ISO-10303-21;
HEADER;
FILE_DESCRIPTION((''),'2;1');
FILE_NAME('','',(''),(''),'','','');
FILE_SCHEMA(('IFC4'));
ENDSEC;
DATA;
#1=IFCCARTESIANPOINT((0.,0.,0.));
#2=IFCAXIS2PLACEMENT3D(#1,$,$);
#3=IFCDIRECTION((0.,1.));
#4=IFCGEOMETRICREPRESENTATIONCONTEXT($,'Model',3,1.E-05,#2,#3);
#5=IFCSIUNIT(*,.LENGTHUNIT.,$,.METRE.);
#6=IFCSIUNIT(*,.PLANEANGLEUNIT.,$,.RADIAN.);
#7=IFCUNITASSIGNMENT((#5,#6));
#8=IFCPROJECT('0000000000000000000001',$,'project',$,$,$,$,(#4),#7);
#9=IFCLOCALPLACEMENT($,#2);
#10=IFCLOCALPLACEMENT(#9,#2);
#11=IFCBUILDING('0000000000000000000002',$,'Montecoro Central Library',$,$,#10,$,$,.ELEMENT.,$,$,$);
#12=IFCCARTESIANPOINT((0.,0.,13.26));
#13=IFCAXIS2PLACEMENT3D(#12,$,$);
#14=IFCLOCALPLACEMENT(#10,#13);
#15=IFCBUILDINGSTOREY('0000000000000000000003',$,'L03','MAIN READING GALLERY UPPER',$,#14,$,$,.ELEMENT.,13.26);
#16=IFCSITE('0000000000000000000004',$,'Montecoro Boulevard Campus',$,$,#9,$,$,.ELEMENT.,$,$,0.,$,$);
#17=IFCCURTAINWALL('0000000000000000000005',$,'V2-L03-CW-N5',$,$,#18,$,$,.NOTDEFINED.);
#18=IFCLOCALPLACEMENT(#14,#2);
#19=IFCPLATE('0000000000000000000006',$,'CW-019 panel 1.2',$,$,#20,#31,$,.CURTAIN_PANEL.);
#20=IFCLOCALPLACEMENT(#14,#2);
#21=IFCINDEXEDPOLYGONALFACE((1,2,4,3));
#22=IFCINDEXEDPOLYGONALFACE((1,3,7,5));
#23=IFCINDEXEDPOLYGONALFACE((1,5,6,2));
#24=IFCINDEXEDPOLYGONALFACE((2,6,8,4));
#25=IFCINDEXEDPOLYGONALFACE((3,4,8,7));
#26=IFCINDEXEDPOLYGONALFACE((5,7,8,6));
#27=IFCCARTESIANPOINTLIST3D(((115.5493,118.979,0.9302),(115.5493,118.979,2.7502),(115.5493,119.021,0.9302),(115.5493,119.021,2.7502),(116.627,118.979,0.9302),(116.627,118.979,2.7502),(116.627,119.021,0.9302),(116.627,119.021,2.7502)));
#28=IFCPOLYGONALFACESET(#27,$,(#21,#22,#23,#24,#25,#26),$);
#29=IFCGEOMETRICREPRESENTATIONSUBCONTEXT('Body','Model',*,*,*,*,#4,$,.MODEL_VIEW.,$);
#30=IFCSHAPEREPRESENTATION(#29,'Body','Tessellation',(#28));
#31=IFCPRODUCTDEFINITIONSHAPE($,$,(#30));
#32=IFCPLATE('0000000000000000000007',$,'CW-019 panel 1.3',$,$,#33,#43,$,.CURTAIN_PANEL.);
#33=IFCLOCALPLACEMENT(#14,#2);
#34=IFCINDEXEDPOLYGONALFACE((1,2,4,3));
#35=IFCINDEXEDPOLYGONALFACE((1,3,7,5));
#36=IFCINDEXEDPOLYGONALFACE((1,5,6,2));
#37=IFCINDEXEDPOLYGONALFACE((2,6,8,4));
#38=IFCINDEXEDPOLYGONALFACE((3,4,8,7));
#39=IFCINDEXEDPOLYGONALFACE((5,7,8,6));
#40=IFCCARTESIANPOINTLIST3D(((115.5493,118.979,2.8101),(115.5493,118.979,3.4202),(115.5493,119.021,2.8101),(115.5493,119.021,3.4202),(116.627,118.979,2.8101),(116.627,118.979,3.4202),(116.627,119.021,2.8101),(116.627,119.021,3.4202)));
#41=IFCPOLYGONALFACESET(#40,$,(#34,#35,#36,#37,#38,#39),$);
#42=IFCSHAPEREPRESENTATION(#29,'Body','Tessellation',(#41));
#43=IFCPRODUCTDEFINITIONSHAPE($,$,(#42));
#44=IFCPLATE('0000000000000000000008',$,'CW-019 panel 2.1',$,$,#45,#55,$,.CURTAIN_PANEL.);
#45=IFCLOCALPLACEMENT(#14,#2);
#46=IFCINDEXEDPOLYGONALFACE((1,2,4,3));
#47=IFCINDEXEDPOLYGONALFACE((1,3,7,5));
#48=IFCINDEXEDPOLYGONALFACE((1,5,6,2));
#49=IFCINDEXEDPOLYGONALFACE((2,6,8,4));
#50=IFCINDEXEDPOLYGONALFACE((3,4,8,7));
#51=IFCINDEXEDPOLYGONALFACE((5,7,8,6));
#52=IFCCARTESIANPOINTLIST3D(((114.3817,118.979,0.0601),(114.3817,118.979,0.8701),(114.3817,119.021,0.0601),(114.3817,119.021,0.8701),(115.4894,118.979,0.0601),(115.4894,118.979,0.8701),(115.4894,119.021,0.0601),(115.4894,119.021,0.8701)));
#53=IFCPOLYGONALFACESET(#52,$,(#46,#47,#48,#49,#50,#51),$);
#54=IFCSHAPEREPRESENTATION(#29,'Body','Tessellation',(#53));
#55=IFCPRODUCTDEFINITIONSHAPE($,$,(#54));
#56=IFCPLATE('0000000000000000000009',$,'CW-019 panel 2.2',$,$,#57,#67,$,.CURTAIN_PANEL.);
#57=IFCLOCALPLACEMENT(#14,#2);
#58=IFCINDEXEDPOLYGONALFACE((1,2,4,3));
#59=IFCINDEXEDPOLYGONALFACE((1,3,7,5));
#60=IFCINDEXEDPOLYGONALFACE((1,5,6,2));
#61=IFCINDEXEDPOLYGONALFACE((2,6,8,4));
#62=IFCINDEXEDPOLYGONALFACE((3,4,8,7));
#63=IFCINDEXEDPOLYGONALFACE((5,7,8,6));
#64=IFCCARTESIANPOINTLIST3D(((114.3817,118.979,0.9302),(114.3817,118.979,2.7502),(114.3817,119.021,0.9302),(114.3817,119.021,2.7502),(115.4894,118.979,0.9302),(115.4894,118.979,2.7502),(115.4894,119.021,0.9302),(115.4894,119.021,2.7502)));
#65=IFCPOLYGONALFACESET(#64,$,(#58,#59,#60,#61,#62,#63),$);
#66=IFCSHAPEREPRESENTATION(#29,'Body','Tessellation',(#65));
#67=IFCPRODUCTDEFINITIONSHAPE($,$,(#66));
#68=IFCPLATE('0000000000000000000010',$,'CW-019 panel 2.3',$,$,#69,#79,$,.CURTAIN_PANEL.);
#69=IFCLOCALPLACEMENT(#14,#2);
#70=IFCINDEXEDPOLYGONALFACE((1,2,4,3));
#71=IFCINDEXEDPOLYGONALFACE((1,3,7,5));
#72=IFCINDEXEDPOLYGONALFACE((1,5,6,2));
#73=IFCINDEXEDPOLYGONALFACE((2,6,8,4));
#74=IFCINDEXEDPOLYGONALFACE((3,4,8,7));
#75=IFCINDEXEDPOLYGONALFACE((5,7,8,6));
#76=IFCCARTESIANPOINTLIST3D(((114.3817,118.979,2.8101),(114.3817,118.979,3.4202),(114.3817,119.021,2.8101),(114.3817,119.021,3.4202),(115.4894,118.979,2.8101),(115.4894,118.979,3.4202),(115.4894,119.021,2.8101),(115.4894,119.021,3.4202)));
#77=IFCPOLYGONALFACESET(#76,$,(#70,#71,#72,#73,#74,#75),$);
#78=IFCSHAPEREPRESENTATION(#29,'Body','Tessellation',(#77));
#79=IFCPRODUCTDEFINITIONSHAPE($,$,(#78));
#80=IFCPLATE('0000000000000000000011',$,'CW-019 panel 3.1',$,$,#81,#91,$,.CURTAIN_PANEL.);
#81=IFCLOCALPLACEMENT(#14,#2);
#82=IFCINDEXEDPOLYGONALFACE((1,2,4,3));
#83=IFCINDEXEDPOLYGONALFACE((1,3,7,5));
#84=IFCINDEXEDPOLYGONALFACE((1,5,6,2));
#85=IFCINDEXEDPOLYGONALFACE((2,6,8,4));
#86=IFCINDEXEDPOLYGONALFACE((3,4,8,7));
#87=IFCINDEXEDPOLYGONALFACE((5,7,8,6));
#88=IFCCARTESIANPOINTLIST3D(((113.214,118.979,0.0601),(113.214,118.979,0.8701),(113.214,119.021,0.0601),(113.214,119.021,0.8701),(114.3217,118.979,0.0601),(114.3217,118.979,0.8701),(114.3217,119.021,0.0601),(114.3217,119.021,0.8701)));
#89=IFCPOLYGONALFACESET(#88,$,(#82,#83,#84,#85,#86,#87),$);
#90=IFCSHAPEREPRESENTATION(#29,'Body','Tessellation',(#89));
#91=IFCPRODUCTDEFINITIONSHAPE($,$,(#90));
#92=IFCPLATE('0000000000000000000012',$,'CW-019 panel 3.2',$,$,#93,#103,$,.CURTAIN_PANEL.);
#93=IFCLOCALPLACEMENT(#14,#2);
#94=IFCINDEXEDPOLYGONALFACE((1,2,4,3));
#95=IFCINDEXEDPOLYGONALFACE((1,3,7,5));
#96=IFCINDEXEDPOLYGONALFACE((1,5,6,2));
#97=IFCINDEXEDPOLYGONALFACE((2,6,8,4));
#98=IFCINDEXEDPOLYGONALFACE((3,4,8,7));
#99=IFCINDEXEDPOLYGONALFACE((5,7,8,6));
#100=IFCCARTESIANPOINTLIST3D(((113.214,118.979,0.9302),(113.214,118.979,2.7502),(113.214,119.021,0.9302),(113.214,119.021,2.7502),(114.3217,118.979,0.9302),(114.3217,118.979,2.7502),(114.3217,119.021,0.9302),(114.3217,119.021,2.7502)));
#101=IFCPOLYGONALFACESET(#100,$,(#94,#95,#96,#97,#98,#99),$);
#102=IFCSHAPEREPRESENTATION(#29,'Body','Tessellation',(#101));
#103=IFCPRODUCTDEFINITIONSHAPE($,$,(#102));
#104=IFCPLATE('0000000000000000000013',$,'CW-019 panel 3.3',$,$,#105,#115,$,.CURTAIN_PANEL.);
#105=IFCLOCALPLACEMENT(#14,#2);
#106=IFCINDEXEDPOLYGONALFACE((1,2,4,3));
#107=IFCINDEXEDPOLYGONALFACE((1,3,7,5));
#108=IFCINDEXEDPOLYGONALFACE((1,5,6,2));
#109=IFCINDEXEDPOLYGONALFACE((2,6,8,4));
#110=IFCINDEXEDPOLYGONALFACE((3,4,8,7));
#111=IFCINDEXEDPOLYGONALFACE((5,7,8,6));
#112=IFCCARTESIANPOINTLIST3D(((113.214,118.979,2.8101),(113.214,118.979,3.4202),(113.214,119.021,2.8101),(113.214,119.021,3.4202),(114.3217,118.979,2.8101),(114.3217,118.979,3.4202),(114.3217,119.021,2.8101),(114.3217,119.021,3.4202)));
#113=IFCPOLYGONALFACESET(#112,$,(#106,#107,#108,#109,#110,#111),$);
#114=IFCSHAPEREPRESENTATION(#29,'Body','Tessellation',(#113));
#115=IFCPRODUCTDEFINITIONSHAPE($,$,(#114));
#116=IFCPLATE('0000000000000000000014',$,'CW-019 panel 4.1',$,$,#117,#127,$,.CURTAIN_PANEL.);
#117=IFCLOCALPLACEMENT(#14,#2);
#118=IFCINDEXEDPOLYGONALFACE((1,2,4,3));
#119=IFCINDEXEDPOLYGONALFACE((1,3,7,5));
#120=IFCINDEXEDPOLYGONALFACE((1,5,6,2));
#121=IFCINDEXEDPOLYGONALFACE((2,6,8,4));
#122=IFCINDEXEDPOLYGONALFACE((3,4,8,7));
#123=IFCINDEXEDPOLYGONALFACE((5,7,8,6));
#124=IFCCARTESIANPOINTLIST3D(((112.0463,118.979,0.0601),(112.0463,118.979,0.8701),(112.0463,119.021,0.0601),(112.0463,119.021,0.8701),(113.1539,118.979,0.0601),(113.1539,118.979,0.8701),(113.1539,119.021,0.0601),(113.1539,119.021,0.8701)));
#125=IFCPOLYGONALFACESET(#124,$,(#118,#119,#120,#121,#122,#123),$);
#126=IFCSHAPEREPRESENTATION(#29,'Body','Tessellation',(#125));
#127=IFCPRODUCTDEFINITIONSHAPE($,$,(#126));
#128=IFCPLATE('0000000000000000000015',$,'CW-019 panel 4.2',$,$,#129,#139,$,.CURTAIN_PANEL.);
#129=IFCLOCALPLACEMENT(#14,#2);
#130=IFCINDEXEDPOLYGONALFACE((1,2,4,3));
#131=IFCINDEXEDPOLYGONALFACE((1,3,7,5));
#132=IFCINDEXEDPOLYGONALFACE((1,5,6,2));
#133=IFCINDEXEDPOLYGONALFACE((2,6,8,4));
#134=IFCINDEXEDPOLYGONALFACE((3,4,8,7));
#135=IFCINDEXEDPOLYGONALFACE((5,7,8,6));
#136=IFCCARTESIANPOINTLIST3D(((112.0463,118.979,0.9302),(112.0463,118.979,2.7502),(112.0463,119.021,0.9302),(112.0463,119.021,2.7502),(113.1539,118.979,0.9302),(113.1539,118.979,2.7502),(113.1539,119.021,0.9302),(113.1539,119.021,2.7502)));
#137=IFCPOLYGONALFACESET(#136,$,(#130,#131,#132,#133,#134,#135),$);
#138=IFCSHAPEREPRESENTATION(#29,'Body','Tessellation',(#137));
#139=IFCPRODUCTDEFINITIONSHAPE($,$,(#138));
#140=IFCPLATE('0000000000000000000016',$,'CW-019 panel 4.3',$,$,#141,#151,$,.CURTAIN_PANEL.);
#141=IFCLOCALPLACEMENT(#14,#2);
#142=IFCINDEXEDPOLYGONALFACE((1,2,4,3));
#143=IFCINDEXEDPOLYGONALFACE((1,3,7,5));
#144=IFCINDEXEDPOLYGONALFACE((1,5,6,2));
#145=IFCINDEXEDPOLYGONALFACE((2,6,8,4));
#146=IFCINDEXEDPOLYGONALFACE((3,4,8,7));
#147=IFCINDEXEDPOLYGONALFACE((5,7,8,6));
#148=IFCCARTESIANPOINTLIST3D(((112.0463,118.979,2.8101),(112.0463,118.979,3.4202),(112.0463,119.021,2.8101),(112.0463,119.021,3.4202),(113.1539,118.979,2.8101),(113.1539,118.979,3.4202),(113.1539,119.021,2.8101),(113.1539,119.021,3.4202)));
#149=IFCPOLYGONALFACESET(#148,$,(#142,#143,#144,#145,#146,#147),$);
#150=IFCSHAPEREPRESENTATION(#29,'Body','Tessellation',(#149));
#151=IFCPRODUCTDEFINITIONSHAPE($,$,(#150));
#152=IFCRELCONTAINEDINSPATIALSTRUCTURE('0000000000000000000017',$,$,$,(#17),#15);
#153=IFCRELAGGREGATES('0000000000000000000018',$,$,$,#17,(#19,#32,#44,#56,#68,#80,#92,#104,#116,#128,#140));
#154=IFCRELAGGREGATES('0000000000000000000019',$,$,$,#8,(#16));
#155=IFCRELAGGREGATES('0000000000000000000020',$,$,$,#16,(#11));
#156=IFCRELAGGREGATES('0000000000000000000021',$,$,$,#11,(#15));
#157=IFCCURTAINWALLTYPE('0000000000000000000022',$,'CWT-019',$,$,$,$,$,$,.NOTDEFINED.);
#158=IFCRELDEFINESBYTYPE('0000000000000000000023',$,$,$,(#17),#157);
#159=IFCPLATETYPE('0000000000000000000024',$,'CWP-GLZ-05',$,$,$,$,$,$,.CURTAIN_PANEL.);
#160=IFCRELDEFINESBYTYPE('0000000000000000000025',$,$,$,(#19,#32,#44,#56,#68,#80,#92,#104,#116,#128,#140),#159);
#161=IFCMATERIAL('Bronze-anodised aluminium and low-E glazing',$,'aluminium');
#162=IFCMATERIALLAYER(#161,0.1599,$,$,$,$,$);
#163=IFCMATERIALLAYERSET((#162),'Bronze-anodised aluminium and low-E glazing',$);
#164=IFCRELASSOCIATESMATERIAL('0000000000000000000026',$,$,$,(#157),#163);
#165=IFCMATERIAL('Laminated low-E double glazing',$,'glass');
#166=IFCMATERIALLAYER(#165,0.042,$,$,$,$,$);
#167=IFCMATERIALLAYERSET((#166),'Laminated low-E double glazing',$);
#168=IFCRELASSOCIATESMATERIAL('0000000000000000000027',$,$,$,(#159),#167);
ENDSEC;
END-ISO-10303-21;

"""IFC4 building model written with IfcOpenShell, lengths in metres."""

from ifc_helpers import new_model, si_unit, direction, frame, origin, origin_2d, place, context, subcontext, project, spatial, rectangle, extrude, material, layer, layer_set, type_object, element, aggregate, save


model = new_model("IFC4")

# Units and contexts
model_context = context("Model", 3, precision=1e-05, world=origin(), true_north=direction((0.0, 1.0)))
body_context = subcontext(model_context, "Body", "Model", "MODEL_VIEW")
ifc_project = project(units=[si_unit("LENGTHUNIT", "METRE"), si_unit("PLANEANGLEUNIT", "RADIAN")], contexts=[model_context])

# Site, building, storey
site_placement = place(None, origin())
site = spatial("IfcSite", under=ifc_project, at=site_placement, Name="Montecoro Boulevard Campus", CompositionType="ELEMENT", RefElevation=0.0)
building_placement = place(site_placement, origin())
building = spatial("IfcBuilding", under=site, at=building_placement, Name="Montecoro Central Library", CompositionType="ELEMENT")
storey_placement = place(building_placement, frame((0.0, 0.0, 13.26)))
storey = spatial("IfcBuildingStorey", under=building, at=storey_placement, Name="L03", Description="MAIN READING GALLERY UPPER", CompositionType="ELEMENT", Elevation=13.26)

# Curtain wall, plates
ifc_material_1 = material(Name="Bronze-anodised aluminium and low-E glazing", Category="aluminium")
ifc_layer_1 = layer(ifc_material_1, 0.1599)
ifc_layer_set_1 = layer_set([ifc_layer_1], Name="Bronze-anodised aluminium and low-E glazing")
curtain_wall_type = type_object("IfcCurtainWallType", Name="CWT-019", PredefinedType="NOTDEFINED", material=ifc_layer_set_1)
curtain_wall_placement = place(storey_placement, origin())
curtain_wall = element("IfcCurtainWall", 1, at=curtain_wall_placement, inside=storey, type_object=curtain_wall_type, Name="V2-L03-CW-N5", PredefinedType="NOTDEFINED")
ifc_material_2 = material(Name="Laminated low-E double glazing", Category="glass")
ifc_layer_2 = layer(ifc_material_2, 0.042)
ifc_layer_set_2 = layer_set([ifc_layer_2], Name="Laminated low-E double glazing")
plate_type = type_object("IfcPlateType", Name="CWP-GLZ-05", PredefinedType="CURTAIN_PANEL", material=ifc_layer_set_2)
plate_1_placement = place(storey_placement, frame((116.0881, 119.0, 0.9302), z_axis=(0.0, 0.0, 1.0), x_axis=(-1.0, 0.0, 0.0)))
plate_1 = element("IfcPlate", 2, at=plate_1_placement, type_object=plate_type, Name="CW-019 panel 1.2", PredefinedType="CURTAIN_PANEL", context=body_context, shape_type="SweptSolid", body=[
    extrude(rectangle(XDim=1.0776, YDim=0.042, at=origin_2d()), origin(), (0.0, 0.0, 1.0), 1.8201),
])
plate_2_placement = place(storey_placement, frame((116.0881, 119.0, 2.8101), z_axis=(0.0, 0.0, 1.0), x_axis=(-1.0, 0.0, 0.0)))
plate_2 = element("IfcPlate", 3, at=plate_2_placement, type_object=plate_type, Name="CW-019 panel 1.3", PredefinedType="CURTAIN_PANEL", context=body_context, shape_type="SweptSolid", body=[
    extrude(rectangle(XDim=1.0776, YDim=0.042, at=origin_2d()), origin(), (0.0, 0.0, 1.0), 0.6101),
])
plate_3_placement = place(storey_placement, frame((114.9355, 119.0, 0.0601), z_axis=(0.0, 0.0, 1.0), x_axis=(-1.0, 0.0, 0.0)))
plate_3 = element("IfcPlate", 4, at=plate_3_placement, type_object=plate_type, Name="CW-019 panel 2.1", PredefinedType="CURTAIN_PANEL", context=body_context, shape_type="SweptSolid", body=[
    extrude(rectangle(XDim=1.1077, YDim=0.042, at=origin_2d()), origin(), (0.0, 0.0, 1.0), 0.8101),
])
plate_4_placement = place(storey_placement, frame((114.9355, 119.0, 0.9302), z_axis=(0.0, 0.0, 1.0), x_axis=(-1.0, 0.0, 0.0)))
plate_4 = element("IfcPlate", 5, at=plate_4_placement, type_object=plate_type, Name="CW-019 panel 2.2", PredefinedType="CURTAIN_PANEL", context=body_context, shape_type="SweptSolid", body=[
    extrude(rectangle(XDim=1.1077, YDim=0.042, at=origin_2d()), origin(), (0.0, 0.0, 1.0), 1.8201),
])
plate_5_placement = place(storey_placement, frame((114.9355, 119.0, 2.8101), z_axis=(0.0, 0.0, 1.0), x_axis=(-1.0, 0.0, 0.0)))
plate_5 = element("IfcPlate", 6, at=plate_5_placement, type_object=plate_type, Name="CW-019 panel 2.3", PredefinedType="CURTAIN_PANEL", context=body_context, shape_type="SweptSolid", body=[
    extrude(rectangle(XDim=1.1077, YDim=0.042, at=origin_2d()), origin(), (0.0, 0.0, 1.0), 0.6101),
])
plate_6_placement = place(storey_placement, frame((113.7678, 119.0, 0.0601), z_axis=(0.0, 0.0, 1.0), x_axis=(-1.0, 0.0, 0.0)))
plate_6 = element("IfcPlate", 7, at=plate_6_placement, type_object=plate_type, Name="CW-019 panel 3.1", PredefinedType="CURTAIN_PANEL", context=body_context, shape_type="SweptSolid", body=[
    extrude(rectangle(XDim=1.1077, YDim=0.042, at=origin_2d()), origin(), (0.0, 0.0, 1.0), 0.8101),
])
plate_7_placement = place(storey_placement, frame((113.7678, 119.0, 0.9302), z_axis=(0.0, 0.0, 1.0), x_axis=(-1.0, 0.0, 0.0)))
plate_7 = element("IfcPlate", 8, at=plate_7_placement, type_object=plate_type, Name="CW-019 panel 3.2", PredefinedType="CURTAIN_PANEL", context=body_context, shape_type="SweptSolid", body=[
    extrude(rectangle(XDim=1.1077, YDim=0.042, at=origin_2d()), origin(), (0.0, 0.0, 1.0), 1.8201),
])
plate_8_placement = place(storey_placement, frame((113.7678, 119.0, 2.8101), z_axis=(0.0, 0.0, 1.0), x_axis=(-1.0, 0.0, 0.0)))
plate_8 = element("IfcPlate", 9, at=plate_8_placement, type_object=plate_type, Name="CW-019 panel 3.3", PredefinedType="CURTAIN_PANEL", context=body_context, shape_type="SweptSolid", body=[
    extrude(rectangle(XDim=1.1077, YDim=0.042, at=origin_2d()), origin(), (0.0, 0.0, 1.0), 0.6101),
])
plate_9_placement = place(storey_placement, frame((112.6001, 119.0, 0.0601), z_axis=(0.0, 0.0, 1.0), x_axis=(-1.0, 0.0, 0.0)))
plate_9 = element("IfcPlate", 10, at=plate_9_placement, type_object=plate_type, Name="CW-019 panel 4.1", PredefinedType="CURTAIN_PANEL", context=body_context, shape_type="SweptSolid", body=[
    extrude(rectangle(XDim=1.1077, YDim=0.042, at=origin_2d()), origin(), (0.0, 0.0, 1.0), 0.8101),
])
plate_10_placement = place(storey_placement, frame((112.6001, 119.0, 0.9302), z_axis=(0.0, 0.0, 1.0), x_axis=(-1.0, 0.0, 0.0)))
plate_10 = element("IfcPlate", 11, at=plate_10_placement, type_object=plate_type, Name="CW-019 panel 4.2", PredefinedType="CURTAIN_PANEL", context=body_context, shape_type="SweptSolid", body=[
    extrude(rectangle(XDim=1.1077, YDim=0.042, at=origin_2d()), origin(), (0.0, 0.0, 1.0), 1.8201),
])
plate_11_placement = place(storey_placement, frame((112.6001, 119.0, 2.8101), z_axis=(0.0, 0.0, 1.0), x_axis=(-1.0, 0.0, 0.0)))
plate_11 = element("IfcPlate", 12, at=plate_11_placement, type_object=plate_type, Name="CW-019 panel 4.3", PredefinedType="CURTAIN_PANEL", context=body_context, shape_type="SweptSolid", body=[
    extrude(rectangle(XDim=1.1077, YDim=0.042, at=origin_2d()), origin(), (0.0, 0.0, 1.0), 0.6101),
])
aggregate(curtain_wall, [plate_1, plate_2, plate_3, plate_4, plate_5, plate_6, plate_7, plate_8, plate_9, plate_10, plate_11])

save(model, "model.ifc")
